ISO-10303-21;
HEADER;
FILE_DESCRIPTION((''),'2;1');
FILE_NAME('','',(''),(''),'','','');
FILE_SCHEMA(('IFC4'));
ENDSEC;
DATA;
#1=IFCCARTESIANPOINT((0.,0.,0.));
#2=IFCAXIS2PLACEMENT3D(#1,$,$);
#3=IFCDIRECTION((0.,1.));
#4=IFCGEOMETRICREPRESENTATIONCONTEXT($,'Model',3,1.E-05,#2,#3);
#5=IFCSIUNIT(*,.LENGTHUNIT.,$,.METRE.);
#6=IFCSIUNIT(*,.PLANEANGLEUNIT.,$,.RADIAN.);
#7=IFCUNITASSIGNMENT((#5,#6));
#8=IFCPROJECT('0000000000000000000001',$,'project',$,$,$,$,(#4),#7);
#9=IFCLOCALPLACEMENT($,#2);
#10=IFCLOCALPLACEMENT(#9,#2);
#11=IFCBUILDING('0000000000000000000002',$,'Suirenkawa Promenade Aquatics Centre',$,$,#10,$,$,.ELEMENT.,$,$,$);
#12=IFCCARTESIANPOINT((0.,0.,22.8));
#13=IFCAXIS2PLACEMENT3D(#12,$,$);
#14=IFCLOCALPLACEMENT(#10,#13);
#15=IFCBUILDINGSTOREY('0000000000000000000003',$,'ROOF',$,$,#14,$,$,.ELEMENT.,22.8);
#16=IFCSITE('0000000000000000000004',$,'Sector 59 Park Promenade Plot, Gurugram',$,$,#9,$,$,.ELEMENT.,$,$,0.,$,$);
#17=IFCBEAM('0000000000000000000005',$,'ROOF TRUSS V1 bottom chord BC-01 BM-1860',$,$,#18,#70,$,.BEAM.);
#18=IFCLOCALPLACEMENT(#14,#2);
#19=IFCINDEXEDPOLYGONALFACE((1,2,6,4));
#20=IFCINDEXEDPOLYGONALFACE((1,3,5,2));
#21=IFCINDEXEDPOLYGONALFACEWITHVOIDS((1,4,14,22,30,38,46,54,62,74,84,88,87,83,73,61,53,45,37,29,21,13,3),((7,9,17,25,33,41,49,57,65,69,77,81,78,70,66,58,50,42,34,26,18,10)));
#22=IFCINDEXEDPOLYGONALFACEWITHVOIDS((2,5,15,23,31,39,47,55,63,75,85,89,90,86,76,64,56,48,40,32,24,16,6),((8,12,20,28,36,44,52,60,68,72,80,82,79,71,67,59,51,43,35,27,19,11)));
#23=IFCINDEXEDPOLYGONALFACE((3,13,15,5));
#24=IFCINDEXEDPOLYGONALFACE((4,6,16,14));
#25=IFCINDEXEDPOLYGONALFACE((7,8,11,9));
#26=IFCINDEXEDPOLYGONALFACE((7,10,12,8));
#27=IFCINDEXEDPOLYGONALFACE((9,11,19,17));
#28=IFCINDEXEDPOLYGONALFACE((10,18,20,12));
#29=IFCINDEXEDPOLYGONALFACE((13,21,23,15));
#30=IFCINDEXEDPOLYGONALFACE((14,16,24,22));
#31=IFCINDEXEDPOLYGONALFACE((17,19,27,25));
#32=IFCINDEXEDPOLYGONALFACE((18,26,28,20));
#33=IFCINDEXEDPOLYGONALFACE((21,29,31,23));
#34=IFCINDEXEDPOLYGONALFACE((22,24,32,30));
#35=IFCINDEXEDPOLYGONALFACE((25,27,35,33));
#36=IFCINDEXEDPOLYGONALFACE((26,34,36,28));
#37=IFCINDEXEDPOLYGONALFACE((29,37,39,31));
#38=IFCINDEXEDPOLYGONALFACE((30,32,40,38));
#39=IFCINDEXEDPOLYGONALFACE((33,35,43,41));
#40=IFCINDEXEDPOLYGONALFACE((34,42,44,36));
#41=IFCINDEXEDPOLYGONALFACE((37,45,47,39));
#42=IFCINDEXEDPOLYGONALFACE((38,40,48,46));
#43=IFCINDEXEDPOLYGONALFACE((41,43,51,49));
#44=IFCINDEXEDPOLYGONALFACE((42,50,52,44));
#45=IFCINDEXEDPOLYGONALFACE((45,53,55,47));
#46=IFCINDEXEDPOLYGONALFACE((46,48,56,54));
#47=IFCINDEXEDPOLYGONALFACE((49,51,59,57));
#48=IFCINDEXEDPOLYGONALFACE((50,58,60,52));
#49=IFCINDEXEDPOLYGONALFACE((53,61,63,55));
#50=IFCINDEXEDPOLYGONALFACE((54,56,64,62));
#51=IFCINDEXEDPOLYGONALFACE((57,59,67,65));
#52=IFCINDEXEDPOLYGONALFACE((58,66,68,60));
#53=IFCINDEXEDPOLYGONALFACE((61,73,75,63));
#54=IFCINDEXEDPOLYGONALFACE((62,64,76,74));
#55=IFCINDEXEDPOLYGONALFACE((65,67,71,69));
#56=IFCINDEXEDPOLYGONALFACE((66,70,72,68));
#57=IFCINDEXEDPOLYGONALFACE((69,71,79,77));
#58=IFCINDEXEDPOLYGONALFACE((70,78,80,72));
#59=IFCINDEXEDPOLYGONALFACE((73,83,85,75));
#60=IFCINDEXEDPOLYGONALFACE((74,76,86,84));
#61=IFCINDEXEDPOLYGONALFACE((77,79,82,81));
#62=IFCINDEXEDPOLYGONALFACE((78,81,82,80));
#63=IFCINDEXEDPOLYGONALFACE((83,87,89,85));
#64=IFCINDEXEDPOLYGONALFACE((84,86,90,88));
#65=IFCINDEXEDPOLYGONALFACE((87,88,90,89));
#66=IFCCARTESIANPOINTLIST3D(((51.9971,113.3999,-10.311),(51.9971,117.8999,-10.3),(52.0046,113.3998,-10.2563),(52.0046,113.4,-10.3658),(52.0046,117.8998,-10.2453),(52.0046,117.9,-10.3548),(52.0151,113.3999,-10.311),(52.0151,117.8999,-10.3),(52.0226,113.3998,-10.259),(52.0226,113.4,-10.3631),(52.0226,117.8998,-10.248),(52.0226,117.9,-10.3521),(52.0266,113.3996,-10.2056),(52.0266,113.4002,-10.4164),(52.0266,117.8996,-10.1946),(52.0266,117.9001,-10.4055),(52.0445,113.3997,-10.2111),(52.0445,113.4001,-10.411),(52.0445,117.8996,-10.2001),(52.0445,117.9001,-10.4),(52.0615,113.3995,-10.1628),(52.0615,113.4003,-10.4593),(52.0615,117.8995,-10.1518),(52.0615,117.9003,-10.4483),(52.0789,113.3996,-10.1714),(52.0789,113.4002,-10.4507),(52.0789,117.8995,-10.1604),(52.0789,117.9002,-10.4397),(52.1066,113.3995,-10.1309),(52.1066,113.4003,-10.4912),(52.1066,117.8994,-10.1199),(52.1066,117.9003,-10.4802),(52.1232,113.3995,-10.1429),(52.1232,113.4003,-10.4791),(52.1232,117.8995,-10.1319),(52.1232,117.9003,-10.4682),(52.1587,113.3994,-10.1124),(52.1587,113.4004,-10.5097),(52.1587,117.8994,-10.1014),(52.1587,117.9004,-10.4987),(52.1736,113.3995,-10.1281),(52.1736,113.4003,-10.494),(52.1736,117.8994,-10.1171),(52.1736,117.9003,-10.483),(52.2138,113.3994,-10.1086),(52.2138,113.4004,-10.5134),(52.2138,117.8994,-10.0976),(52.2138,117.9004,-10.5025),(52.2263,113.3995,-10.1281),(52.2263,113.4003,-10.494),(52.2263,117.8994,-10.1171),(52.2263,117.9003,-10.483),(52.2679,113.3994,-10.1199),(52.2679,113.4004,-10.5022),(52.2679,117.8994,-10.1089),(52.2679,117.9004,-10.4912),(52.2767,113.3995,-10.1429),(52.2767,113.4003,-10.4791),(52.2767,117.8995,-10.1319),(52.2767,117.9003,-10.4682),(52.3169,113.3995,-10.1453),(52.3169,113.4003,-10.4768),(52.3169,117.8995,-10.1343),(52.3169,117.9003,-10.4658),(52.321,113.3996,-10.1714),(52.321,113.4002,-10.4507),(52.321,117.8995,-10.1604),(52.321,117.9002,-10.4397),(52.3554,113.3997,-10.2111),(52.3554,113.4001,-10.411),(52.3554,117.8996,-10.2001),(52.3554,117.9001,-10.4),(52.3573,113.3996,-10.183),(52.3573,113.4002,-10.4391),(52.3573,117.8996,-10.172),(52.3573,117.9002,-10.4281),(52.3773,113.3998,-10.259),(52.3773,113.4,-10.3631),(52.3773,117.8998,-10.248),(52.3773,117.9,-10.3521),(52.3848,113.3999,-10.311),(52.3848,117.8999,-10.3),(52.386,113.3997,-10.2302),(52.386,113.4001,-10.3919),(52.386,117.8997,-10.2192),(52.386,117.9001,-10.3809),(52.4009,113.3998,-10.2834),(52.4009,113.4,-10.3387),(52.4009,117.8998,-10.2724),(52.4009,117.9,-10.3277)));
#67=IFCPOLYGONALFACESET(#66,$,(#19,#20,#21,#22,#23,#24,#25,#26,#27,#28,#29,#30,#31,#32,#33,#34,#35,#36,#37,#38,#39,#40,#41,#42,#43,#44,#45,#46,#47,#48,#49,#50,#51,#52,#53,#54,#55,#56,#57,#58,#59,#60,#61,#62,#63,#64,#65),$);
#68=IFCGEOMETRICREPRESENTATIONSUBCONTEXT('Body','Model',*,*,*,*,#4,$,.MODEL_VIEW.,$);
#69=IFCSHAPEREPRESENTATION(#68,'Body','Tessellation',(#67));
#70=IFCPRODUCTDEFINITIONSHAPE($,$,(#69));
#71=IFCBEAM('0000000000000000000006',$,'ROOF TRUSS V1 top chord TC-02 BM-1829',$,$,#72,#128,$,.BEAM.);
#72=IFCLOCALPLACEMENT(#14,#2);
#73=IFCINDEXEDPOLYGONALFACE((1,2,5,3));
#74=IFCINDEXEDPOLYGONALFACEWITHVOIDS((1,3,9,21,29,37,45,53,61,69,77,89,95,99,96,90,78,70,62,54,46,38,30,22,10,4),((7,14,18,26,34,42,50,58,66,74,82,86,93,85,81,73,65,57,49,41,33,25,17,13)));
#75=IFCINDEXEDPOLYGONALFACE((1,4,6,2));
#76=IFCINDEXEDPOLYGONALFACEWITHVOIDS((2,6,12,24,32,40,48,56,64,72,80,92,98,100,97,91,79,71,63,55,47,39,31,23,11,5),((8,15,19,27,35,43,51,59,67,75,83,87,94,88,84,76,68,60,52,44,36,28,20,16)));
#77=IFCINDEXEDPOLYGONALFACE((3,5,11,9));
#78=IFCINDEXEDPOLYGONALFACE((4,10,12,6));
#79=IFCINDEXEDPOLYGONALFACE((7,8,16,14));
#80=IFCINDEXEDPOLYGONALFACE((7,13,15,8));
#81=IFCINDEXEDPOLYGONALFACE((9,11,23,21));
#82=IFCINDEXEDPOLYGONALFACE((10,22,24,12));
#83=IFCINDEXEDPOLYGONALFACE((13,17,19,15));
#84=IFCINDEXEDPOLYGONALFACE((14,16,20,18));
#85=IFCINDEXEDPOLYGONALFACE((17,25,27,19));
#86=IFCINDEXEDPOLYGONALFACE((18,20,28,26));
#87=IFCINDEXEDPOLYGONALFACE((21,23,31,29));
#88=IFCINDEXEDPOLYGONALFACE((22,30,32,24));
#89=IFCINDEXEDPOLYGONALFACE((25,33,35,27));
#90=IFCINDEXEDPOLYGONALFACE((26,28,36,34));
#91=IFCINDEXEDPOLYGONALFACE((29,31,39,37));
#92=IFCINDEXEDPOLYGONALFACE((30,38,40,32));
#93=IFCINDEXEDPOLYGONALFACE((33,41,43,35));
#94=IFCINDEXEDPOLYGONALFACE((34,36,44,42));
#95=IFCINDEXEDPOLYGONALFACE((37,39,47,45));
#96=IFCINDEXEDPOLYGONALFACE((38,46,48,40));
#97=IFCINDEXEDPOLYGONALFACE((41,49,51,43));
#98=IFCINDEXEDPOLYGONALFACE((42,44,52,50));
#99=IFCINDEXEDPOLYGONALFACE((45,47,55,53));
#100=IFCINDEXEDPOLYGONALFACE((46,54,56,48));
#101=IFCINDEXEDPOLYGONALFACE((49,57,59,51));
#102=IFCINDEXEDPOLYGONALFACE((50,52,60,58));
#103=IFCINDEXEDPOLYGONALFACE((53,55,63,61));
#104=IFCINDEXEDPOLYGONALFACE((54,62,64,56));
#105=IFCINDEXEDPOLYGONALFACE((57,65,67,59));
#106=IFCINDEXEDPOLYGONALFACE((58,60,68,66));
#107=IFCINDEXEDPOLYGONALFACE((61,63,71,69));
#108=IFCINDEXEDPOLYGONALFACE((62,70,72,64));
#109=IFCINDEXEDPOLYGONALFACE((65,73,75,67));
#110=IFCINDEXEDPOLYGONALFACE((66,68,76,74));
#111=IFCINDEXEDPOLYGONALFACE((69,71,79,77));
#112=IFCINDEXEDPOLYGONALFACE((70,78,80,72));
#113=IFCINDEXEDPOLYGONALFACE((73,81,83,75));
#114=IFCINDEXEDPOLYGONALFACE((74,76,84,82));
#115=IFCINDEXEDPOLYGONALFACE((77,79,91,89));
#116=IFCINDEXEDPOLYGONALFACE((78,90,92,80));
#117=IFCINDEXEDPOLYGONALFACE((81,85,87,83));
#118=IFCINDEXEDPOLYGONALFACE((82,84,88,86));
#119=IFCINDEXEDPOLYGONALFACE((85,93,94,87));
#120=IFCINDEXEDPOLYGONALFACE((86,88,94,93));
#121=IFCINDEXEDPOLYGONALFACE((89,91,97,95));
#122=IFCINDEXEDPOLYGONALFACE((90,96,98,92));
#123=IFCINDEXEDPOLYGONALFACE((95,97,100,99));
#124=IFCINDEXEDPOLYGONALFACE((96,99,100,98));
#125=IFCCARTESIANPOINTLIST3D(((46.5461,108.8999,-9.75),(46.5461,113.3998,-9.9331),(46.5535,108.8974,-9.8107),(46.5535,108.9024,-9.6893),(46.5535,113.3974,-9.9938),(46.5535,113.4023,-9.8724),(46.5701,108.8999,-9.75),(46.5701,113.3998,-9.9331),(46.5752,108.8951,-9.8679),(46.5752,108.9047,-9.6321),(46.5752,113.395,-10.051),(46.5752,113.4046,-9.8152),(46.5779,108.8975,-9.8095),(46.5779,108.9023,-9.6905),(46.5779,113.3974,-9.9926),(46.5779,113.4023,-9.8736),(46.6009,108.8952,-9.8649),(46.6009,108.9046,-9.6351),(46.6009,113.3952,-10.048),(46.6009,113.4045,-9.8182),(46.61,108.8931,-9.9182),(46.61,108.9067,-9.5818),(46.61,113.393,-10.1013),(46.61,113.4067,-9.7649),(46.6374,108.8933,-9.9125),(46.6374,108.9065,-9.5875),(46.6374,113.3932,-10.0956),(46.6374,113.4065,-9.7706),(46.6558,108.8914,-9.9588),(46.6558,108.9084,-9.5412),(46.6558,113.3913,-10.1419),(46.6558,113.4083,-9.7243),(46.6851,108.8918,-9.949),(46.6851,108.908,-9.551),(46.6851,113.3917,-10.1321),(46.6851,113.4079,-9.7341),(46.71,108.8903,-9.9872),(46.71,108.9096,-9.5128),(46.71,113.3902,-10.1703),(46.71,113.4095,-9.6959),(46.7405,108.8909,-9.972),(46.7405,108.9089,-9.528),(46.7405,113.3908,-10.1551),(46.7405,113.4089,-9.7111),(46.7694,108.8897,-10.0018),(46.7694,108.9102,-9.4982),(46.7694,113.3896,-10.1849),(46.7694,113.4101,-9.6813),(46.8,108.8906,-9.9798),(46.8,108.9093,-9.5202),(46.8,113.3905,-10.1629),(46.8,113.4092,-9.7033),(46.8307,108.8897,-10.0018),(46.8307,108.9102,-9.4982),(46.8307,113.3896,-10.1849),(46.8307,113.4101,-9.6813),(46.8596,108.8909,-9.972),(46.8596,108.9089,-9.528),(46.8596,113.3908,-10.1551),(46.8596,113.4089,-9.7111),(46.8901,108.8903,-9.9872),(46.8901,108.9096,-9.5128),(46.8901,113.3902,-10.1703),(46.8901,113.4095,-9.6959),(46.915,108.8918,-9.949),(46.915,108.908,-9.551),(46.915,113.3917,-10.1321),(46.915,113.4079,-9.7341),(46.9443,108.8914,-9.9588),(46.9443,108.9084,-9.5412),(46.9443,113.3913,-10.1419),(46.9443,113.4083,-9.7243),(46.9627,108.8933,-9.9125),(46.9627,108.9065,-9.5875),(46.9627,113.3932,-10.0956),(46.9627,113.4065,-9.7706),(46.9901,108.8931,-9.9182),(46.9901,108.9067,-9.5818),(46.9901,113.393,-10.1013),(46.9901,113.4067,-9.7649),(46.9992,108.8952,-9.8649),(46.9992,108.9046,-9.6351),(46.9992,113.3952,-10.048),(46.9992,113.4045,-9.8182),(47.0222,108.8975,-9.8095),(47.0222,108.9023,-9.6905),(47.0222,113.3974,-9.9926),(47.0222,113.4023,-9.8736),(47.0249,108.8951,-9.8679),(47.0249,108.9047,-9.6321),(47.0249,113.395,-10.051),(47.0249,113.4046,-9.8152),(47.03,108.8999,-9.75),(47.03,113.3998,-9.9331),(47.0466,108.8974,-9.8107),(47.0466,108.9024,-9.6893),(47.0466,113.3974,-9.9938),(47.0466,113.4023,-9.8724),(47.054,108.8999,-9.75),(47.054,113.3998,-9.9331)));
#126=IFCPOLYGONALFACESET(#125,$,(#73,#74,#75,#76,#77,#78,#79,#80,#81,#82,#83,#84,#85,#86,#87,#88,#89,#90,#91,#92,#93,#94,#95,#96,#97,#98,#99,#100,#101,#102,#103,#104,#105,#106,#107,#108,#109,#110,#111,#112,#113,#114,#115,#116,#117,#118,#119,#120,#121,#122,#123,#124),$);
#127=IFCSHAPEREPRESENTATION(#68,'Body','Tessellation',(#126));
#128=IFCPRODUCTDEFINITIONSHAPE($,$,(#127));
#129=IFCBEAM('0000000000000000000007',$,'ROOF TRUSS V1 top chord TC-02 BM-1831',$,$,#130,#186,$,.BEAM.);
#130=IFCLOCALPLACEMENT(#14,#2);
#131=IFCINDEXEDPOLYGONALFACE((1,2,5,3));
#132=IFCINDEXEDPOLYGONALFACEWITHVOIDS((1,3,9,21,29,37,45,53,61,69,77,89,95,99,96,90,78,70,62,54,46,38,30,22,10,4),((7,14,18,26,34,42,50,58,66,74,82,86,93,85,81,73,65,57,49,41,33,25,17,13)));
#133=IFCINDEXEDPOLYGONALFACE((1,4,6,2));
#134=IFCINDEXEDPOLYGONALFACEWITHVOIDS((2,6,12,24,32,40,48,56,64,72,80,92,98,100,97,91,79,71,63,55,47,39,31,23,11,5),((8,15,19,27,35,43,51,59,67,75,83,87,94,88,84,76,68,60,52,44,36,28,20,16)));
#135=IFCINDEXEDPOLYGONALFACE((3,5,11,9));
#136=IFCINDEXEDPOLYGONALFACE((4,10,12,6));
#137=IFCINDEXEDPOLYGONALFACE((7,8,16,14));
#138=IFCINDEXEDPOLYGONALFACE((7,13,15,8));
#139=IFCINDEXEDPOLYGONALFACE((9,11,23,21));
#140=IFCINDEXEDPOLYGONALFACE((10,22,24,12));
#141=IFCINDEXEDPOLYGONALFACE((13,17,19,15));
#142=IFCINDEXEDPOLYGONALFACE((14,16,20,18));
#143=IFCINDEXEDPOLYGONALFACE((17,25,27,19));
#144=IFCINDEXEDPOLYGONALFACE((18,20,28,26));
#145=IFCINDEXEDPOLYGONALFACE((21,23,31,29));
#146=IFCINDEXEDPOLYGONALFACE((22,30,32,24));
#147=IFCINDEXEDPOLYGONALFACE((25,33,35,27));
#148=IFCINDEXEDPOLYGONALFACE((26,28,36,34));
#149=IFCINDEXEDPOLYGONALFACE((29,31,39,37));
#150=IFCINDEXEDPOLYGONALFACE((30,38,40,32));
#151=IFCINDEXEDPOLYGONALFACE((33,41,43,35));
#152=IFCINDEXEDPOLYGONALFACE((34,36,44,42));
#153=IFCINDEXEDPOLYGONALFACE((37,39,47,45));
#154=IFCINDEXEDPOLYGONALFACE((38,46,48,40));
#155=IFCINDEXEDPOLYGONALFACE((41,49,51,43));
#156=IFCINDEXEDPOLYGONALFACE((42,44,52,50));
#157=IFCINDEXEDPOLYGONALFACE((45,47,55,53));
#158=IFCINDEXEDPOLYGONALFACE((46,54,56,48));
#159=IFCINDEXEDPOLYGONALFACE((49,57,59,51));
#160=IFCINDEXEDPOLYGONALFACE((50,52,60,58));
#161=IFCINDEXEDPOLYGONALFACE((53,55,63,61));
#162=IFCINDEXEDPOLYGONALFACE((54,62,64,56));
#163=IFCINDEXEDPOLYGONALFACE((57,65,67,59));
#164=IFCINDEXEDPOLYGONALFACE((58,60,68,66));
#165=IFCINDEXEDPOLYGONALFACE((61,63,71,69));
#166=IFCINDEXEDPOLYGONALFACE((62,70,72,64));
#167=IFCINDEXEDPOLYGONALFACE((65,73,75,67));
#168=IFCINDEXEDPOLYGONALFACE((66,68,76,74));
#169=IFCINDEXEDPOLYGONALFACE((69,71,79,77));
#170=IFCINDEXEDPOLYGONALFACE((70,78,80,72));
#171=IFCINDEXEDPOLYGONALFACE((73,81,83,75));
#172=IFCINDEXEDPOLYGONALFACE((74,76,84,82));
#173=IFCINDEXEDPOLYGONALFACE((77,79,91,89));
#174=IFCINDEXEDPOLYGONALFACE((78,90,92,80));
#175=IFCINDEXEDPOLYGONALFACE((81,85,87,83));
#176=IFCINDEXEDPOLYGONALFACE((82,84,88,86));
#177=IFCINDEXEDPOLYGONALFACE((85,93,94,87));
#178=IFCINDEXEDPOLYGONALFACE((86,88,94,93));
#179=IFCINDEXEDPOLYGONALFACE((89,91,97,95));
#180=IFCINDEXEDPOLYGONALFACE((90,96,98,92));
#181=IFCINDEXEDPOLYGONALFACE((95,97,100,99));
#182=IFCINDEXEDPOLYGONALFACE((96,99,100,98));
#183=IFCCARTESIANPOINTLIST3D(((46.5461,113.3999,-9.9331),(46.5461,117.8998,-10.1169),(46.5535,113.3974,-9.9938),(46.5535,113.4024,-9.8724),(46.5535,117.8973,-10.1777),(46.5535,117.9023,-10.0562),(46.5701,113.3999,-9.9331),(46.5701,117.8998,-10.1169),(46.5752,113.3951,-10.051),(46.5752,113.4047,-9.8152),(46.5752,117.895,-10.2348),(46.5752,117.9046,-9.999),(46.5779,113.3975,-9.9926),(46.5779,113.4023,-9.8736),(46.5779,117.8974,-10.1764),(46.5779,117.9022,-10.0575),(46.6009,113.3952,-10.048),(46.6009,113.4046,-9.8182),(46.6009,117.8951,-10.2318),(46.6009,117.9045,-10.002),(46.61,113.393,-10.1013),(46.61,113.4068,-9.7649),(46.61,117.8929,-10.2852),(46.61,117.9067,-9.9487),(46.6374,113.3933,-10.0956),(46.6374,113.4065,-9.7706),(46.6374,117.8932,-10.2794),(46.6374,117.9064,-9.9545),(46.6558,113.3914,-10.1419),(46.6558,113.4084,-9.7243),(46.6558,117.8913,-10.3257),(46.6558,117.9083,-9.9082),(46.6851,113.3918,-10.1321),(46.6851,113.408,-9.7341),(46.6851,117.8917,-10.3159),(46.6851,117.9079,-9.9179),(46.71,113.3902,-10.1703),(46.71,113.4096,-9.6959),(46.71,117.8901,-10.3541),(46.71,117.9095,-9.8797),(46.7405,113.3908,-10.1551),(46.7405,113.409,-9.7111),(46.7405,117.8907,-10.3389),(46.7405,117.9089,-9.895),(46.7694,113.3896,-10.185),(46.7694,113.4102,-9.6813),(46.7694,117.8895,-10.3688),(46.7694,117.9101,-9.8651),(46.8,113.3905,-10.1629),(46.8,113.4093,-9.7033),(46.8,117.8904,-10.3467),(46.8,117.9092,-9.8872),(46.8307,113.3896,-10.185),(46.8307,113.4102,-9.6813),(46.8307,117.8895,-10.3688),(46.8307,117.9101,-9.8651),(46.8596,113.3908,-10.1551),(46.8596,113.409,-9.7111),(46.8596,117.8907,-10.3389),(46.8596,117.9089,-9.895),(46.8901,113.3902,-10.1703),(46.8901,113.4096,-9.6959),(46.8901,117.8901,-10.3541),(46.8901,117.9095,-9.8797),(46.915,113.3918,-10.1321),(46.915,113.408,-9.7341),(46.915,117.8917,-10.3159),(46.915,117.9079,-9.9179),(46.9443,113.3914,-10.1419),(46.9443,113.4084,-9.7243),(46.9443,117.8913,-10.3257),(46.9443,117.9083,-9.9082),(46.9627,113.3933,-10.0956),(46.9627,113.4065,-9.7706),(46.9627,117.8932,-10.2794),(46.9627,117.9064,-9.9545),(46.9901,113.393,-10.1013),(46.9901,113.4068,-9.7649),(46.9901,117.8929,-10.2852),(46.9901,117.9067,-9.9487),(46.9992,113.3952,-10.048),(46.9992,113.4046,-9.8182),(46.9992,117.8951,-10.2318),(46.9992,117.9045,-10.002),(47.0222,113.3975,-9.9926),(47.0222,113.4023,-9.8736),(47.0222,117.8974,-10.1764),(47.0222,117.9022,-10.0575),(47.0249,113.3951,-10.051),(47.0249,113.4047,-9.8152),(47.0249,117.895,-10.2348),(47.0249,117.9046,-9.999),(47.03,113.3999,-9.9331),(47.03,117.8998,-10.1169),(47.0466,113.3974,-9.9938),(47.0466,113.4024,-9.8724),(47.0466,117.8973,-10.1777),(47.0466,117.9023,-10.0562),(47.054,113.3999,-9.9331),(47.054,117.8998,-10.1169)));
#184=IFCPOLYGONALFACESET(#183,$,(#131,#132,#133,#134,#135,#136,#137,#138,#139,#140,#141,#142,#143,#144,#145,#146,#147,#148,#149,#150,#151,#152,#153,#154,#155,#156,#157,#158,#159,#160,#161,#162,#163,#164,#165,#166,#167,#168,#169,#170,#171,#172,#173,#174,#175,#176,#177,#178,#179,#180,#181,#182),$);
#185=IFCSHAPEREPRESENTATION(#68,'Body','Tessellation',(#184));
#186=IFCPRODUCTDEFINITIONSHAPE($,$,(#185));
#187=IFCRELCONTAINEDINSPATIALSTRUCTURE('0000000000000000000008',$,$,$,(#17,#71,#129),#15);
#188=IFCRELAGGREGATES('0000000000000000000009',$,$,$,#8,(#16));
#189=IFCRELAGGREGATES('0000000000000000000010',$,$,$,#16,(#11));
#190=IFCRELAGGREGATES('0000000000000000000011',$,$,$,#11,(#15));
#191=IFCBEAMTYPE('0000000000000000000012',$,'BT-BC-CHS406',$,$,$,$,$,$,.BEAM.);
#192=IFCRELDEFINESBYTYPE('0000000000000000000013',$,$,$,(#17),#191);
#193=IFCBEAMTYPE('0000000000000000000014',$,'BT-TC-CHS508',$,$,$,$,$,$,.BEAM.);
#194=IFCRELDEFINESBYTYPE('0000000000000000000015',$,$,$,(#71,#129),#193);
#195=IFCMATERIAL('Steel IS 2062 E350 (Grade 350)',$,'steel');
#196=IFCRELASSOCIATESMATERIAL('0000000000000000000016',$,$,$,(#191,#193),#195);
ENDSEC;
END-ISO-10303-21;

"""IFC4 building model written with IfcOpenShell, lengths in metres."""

from ifc_helpers import new_model, si_unit, direction, frame, origin, origin_2d, place, context, subcontext, project, spatial, hollow_circle, extrude, material, material_profile, profile_set, type_object, element, save


model = new_model("IFC4")

# Units and contexts
model_context = context("Model", 3, precision=1e-05, world=origin(), true_north=direction((0.0, 1.0)))
body_context = subcontext(model_context, "Body", "Model", "MODEL_VIEW")
ifc_project = project(units=[si_unit("LENGTHUNIT", "METRE"), si_unit("PLANEANGLEUNIT", "RADIAN")], contexts=[model_context])

# Site, building, storey
site_placement = place(None, origin())
site = spatial("IfcSite", under=ifc_project, at=site_placement, Name="Sector 59 Park Promenade Plot, Gurugram", CompositionType="ELEMENT", RefElevation=0.0)
building_placement = place(site_placement, origin())
building = spatial("IfcBuilding", under=site, at=building_placement, Name="Suirenkawa Promenade Aquatics Centre", CompositionType="ELEMENT")
storey_placement = place(building_placement, frame((0.0, 0.0, 22.8)))
storey = spatial("IfcBuildingStorey", under=building, at=storey_placement, Name="ROOF", CompositionType="ELEMENT", Elevation=22.8)

# Beams
ifc_material = material(Name="Steel IS 2062 E350 (Grade 350)", Category="steel")
ifc_material_profile_1 = material_profile(ifc_material, hollow_circle(Radius=0.2029, WallThickness=0.0181, at=origin_2d()), Name="CHS 406x18", Category="steel")
ifc_profile_set_1 = profile_set([ifc_material_profile_1], Name="Steel IS 2062 E350 (Grade 350)")
beam_type_1 = type_object("IfcBeamType", Name="BT-BC-CHS406", PredefinedType="BEAM", material=ifc_profile_set_1)
for number, where, z_axis, x_axis, name in (
    (1, (52.2, 113.3999, -10.311), (0.0, 0.999997, 0.002441), (-1.0, 0.0, 0.0), "ROOF TRUSS V1 bottom chord BC-01 BM-1860"),
):
    element("IfcBeam", number, at=place(storey_placement, frame(where, z_axis=z_axis, x_axis=x_axis)), inside=storey, type_object=beam_type_1, Name=name, PredefinedType="BEAM", context=body_context, shape_type="SweptSolid", body=[
        extrude(hollow_circle(Radius=0.2029, WallThickness=0.0181, at=origin_2d()), origin(), (0.0, 0.0, 1.0), 4.5),
    ])
ifc_material_profile_2 = material_profile(ifc_material, hollow_circle(Radius=0.2539, WallThickness=0.0239, at=origin_2d()), Name="CHS 508x24", Category="steel")
ifc_profile_set_2 = profile_set([ifc_material_profile_2], Name="Steel IS 2062 E350 (Grade 350)")
beam_type_2 = type_object("IfcBeamType", Name="BT-TC-CHS508", PredefinedType="BEAM", material=ifc_profile_set_2)
for number, where, z_axis, x_axis, name in (
    (2, (46.8, 108.8999, -9.75), (0.0, 0.999173, -0.040656), (-1.0, 0.0, 0.0), "ROOF TRUSS V1 top chord TC-02 BM-1829"),
    (3, (46.8, 113.3999, -9.9331), (0.0, 0.999167, -0.040819), (-1.0, 0.0, 0.0), "ROOF TRUSS V1 top chord TC-02 BM-1831"),
):
    element("IfcBeam", number, at=place(storey_placement, frame(where, z_axis=z_axis, x_axis=x_axis)), inside=storey, type_object=beam_type_2, Name=name, PredefinedType="BEAM", context=body_context, shape_type="SweptSolid", body=[
        extrude(hollow_circle(Radius=0.2539, WallThickness=0.0239, at=origin_2d()), origin(), (0.0, 0.0, 1.0), 4.5037),
    ])

save(model, "model.ifc")
